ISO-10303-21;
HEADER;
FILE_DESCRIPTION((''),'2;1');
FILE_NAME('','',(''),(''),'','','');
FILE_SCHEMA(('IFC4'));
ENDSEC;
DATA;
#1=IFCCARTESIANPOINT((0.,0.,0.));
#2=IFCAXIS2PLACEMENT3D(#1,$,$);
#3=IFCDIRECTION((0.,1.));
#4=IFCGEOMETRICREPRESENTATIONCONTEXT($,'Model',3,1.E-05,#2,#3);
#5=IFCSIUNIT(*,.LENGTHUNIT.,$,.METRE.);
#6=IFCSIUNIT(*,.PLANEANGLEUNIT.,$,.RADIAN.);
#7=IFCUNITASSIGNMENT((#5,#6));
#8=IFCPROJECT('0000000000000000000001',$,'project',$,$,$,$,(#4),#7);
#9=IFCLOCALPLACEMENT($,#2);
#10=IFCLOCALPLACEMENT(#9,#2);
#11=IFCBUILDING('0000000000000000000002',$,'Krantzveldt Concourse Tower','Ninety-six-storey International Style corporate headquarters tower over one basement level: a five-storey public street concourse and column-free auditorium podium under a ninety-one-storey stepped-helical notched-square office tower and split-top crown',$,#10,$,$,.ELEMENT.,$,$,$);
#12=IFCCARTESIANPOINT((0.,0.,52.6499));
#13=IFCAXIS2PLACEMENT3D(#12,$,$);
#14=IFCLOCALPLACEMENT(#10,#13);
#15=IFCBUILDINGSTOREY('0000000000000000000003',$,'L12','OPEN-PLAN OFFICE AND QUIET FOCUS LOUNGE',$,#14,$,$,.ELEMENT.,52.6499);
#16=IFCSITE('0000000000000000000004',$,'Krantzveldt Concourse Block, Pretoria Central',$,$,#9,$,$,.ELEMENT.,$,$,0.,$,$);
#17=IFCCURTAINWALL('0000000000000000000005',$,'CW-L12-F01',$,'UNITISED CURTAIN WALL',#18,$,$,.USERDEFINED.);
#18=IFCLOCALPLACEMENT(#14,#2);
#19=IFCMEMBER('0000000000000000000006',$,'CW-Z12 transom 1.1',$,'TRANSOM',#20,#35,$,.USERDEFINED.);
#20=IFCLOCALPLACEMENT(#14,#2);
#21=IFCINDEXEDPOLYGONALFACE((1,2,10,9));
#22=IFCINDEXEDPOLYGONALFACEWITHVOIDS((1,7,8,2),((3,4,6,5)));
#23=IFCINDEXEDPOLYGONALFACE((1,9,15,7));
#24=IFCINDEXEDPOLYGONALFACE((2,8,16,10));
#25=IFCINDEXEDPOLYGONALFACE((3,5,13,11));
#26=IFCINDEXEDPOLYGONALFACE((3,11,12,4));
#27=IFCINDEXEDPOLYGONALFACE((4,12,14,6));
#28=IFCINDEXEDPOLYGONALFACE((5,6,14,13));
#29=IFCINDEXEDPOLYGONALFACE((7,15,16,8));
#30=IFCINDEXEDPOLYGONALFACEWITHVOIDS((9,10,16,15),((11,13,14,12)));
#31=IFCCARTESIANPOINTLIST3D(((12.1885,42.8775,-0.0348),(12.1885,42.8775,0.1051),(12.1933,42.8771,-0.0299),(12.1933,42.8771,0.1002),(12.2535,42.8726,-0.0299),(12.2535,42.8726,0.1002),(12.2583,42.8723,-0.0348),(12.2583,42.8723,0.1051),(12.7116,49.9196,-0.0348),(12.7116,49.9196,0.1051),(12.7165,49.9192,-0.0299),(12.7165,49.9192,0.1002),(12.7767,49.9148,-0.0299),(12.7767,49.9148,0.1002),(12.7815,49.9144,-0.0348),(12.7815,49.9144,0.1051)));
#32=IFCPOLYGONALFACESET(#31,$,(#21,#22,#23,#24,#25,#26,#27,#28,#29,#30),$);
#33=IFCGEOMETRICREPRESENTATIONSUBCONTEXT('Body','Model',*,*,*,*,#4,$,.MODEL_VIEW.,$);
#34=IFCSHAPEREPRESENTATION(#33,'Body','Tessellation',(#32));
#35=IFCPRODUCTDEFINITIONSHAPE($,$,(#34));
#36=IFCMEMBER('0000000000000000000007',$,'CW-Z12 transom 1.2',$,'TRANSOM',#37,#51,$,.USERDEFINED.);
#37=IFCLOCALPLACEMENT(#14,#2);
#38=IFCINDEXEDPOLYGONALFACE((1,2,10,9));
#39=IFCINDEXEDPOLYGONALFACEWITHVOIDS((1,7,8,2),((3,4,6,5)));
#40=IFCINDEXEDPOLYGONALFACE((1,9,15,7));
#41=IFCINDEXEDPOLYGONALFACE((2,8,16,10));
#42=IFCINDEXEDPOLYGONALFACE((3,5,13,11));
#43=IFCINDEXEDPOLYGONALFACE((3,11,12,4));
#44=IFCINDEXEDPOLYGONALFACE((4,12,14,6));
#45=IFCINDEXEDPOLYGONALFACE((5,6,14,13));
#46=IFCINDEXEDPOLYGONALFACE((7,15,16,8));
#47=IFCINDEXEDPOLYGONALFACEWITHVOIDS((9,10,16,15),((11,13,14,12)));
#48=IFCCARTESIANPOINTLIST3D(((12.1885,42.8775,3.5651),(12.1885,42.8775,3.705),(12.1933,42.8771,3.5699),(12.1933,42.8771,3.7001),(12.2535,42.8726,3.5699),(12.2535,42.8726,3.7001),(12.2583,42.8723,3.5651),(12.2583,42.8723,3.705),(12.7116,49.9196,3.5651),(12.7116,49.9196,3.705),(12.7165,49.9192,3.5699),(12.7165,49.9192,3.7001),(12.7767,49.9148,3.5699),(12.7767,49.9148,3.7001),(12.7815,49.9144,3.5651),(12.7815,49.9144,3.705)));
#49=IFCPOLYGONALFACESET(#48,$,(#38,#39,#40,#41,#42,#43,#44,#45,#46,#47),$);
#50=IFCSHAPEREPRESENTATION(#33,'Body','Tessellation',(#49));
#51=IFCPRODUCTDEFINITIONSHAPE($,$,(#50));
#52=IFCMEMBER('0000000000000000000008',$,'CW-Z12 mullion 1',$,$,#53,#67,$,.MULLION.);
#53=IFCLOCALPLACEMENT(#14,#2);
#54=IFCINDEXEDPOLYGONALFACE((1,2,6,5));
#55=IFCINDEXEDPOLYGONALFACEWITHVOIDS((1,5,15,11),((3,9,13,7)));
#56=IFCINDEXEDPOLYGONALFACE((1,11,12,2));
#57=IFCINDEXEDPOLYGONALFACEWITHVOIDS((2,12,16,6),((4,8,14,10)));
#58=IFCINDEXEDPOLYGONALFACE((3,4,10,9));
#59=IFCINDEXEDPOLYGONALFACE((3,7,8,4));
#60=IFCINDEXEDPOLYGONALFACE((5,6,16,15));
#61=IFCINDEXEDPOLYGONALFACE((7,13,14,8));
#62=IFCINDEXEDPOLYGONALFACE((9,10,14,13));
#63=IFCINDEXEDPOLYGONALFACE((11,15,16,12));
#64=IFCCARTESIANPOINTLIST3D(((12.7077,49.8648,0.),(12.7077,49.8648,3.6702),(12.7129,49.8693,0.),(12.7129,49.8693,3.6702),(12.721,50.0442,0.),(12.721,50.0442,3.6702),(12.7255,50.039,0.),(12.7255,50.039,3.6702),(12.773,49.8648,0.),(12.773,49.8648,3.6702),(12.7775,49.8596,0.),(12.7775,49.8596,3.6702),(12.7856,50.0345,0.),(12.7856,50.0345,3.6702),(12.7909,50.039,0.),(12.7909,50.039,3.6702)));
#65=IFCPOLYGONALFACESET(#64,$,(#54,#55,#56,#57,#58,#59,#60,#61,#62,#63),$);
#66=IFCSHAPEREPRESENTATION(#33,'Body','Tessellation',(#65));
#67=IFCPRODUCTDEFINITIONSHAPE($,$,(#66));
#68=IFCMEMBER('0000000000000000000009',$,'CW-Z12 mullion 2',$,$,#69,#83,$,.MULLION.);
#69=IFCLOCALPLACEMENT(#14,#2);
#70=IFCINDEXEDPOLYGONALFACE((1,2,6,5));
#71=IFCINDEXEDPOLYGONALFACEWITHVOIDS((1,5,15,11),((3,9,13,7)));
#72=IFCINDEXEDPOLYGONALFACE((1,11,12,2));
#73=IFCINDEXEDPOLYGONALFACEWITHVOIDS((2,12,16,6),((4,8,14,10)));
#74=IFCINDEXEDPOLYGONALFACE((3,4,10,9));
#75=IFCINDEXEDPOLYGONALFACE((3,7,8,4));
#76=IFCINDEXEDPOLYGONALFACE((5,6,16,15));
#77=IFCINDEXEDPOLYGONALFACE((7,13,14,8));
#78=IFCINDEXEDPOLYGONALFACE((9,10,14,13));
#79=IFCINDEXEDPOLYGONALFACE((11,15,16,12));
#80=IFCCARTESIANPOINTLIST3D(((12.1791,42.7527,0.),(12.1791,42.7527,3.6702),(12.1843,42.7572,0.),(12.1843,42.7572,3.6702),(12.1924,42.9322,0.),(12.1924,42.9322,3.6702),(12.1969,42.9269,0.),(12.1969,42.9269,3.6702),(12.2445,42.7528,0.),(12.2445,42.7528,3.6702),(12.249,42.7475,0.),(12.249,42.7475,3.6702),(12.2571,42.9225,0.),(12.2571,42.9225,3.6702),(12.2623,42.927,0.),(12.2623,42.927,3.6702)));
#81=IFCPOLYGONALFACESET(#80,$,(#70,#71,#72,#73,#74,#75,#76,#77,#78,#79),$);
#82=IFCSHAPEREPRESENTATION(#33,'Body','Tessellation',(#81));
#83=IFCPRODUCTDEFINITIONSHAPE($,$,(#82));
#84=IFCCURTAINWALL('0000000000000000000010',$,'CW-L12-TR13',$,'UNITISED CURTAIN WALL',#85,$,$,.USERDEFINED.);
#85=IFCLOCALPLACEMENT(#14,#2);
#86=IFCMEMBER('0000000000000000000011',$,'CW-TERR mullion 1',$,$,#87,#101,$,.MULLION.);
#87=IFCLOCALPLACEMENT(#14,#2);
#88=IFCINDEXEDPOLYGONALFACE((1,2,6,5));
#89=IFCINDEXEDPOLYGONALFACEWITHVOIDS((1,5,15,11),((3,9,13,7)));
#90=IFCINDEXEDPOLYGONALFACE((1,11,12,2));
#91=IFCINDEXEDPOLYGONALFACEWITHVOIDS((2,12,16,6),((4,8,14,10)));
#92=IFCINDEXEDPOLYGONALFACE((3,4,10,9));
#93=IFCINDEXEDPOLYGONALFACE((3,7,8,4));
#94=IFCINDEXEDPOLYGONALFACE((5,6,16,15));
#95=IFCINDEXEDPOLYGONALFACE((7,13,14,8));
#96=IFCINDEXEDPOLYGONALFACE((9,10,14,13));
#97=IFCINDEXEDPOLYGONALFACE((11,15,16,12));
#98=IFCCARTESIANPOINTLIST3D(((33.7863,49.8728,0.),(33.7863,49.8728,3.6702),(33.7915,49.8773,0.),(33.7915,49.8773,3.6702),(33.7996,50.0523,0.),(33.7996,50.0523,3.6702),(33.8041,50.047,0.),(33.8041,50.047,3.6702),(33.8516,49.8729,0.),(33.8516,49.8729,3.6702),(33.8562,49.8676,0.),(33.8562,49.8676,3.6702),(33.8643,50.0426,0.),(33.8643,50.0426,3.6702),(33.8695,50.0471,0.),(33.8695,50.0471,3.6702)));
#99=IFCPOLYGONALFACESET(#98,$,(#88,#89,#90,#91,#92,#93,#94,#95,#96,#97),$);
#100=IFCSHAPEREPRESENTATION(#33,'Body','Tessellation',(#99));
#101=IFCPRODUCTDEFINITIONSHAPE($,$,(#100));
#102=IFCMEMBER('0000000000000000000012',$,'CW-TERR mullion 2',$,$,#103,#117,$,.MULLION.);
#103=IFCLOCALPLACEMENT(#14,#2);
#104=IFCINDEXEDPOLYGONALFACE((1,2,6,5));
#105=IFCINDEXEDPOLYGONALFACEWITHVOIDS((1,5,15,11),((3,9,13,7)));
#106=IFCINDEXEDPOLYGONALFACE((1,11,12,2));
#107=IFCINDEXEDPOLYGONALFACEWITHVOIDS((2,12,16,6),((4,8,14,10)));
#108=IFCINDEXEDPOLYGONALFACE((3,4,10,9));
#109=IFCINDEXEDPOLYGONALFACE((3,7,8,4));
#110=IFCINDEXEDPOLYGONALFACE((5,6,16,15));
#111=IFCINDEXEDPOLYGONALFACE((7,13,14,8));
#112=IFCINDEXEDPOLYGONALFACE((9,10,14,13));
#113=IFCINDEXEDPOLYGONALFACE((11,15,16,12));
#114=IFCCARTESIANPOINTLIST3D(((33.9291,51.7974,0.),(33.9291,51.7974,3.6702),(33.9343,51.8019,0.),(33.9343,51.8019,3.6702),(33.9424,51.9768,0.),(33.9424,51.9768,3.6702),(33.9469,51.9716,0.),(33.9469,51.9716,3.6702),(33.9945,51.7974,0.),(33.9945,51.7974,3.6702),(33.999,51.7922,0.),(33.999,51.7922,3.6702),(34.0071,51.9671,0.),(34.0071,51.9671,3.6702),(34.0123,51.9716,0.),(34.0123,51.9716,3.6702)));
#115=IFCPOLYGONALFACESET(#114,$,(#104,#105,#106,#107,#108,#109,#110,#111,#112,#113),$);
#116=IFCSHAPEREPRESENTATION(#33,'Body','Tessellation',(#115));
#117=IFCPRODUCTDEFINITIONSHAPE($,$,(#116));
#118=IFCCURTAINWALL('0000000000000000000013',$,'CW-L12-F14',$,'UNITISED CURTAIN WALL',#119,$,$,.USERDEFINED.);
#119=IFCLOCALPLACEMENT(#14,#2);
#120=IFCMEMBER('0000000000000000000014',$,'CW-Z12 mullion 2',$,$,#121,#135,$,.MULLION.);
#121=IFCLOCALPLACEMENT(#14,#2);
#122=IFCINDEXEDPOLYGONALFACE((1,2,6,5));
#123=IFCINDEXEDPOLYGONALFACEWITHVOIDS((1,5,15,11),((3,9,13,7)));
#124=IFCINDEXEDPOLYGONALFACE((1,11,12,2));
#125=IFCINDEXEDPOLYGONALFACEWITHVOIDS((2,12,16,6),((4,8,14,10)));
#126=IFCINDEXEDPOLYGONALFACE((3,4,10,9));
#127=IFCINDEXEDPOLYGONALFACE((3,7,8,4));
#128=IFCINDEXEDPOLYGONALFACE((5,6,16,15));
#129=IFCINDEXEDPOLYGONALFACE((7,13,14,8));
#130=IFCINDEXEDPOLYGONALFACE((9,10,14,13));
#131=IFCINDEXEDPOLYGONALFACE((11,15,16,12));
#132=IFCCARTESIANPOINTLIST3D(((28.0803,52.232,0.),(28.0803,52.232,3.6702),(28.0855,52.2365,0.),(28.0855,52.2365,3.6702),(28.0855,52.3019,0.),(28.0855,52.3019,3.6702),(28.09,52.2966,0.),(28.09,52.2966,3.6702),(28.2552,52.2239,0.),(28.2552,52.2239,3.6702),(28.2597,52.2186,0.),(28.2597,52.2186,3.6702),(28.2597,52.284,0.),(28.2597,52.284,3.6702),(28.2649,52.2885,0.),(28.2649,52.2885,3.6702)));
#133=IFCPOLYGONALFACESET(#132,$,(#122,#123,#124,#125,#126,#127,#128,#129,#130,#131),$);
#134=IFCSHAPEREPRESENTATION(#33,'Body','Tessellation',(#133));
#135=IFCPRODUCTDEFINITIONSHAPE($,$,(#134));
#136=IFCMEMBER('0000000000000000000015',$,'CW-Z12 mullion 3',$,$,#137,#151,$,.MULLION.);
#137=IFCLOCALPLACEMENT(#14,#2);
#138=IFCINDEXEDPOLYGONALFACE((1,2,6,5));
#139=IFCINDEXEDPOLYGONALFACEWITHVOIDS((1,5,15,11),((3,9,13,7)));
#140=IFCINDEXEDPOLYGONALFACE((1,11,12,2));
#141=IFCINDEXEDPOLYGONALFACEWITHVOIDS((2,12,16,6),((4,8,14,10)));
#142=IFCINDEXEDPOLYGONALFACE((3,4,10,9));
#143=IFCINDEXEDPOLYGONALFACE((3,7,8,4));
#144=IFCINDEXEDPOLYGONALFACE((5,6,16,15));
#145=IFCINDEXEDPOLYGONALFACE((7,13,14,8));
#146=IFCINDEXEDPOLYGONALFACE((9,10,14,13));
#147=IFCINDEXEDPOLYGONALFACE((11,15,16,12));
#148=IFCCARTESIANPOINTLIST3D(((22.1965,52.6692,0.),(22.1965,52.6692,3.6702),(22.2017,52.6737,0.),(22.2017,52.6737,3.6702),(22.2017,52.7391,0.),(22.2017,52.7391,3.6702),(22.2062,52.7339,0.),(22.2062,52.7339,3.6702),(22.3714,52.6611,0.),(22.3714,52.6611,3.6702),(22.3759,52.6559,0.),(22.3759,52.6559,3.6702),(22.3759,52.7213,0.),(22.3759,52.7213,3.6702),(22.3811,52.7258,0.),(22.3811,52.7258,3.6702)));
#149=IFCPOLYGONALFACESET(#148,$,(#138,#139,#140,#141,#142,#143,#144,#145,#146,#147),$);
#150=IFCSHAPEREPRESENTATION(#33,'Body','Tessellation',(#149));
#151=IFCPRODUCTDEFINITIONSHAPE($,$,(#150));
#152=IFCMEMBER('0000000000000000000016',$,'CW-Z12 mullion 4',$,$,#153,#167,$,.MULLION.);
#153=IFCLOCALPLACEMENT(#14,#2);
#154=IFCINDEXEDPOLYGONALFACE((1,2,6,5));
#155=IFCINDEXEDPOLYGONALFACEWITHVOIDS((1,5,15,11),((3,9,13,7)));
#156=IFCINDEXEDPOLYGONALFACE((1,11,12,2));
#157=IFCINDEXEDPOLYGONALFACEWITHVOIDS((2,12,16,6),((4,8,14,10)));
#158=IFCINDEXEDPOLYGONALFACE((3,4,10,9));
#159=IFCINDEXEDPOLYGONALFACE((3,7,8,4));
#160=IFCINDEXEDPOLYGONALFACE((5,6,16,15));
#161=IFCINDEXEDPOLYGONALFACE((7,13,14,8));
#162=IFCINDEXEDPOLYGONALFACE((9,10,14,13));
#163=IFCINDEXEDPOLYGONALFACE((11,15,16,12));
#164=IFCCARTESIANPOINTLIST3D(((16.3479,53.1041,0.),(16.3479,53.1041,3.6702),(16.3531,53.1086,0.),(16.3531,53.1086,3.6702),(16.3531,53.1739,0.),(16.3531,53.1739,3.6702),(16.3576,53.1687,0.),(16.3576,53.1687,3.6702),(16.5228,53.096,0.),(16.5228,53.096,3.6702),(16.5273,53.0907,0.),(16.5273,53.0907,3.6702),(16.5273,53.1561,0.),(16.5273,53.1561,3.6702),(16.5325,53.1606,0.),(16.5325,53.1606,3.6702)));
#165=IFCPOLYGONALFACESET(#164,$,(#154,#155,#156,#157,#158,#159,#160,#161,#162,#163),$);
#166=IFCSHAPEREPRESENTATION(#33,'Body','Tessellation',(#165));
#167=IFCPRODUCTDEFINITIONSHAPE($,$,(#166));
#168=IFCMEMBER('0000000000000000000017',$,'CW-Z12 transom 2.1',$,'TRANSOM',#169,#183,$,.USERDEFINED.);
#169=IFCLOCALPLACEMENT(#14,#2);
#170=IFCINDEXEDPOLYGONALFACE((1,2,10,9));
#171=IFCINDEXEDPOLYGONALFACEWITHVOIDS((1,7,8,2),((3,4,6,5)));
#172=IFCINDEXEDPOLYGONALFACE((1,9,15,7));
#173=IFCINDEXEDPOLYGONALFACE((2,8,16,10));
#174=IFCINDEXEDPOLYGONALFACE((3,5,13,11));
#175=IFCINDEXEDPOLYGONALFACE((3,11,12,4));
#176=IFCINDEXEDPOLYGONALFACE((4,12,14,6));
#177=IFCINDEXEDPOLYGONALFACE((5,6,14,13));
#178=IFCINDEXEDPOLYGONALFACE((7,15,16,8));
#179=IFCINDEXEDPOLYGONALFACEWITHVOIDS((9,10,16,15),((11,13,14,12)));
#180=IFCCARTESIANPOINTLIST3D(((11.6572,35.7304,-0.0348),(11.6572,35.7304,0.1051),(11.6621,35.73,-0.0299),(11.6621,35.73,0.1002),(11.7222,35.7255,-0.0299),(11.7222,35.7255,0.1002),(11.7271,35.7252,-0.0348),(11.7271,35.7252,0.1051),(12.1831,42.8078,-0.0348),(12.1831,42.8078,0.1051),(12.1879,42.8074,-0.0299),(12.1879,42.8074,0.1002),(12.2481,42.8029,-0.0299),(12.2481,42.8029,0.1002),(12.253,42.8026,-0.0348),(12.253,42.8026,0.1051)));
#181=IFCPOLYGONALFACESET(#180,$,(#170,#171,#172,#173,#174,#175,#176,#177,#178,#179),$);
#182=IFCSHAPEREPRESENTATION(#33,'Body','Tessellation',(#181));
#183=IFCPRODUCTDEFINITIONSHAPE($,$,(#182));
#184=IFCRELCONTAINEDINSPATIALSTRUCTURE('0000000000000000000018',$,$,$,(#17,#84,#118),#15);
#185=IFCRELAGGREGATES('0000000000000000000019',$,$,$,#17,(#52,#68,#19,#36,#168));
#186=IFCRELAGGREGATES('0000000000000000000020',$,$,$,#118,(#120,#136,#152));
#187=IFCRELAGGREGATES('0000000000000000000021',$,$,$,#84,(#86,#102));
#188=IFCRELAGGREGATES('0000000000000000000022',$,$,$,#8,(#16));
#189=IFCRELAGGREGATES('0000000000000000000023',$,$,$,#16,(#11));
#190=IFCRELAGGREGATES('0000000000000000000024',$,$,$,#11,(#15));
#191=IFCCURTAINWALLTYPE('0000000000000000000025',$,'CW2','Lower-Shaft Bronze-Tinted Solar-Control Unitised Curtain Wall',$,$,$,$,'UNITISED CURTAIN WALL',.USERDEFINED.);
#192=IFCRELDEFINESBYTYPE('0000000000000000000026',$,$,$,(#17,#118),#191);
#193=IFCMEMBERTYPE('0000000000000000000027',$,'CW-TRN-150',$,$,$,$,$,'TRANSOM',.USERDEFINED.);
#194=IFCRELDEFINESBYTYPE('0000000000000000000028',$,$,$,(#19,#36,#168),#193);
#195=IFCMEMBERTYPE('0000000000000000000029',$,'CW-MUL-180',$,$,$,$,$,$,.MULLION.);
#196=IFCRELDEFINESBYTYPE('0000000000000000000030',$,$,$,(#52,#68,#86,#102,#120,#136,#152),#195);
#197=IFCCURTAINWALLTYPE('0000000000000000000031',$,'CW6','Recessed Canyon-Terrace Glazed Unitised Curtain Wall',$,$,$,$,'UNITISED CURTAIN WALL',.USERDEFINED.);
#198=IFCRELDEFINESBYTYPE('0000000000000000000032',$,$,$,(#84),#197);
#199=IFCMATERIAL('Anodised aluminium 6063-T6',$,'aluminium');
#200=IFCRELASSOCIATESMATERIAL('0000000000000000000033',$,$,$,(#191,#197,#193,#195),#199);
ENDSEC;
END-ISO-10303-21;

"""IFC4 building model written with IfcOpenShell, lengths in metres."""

from ifc_helpers import new_model, si_unit, direction, frame, origin, origin_2d, place, context, subcontext, project, spatial, hollow_rectangle, extrude, source, transform, mapped, material, material_profile, profile_set, type_object, type_shapes, element, aggregate, save


model = new_model("IFC4")

# Units and contexts
model_context = context("Model", 3, precision=1e-05, world=origin(), true_north=direction((0.0, 1.0)))
body_context = subcontext(model_context, "Body", "Model", "MODEL_VIEW")
ifc_project = project(units=[si_unit("LENGTHUNIT", "METRE"), si_unit("PLANEANGLEUNIT", "RADIAN")], contexts=[model_context])

# Site, building, storey
site_placement = place(None, origin())
site = spatial("IfcSite", under=ifc_project, at=site_placement, Name="Krantzveldt Concourse Block, Pretoria Central", CompositionType="ELEMENT", RefElevation=0.0)
building_placement = place(site_placement, origin())
building = spatial("IfcBuilding", under=site, at=building_placement, Name="Krantzveldt Concourse Tower", Description="Ninety-six-storey International Style corporate headquarters tower over one basement level: a five-storey public street concourse and column-free auditorium podium under a ninety-one-storey stepped-helical notched-square office tower and split-top crown", CompositionType="ELEMENT")
storey_placement = place(building_placement, frame((0.0, 0.0, 52.6499)))
storey = spatial("IfcBuildingStorey", under=building, at=storey_placement, Name="L12", Description="OPEN-PLAN OFFICE AND QUIET FOCUS LOUNGE", CompositionType="ELEMENT", Elevation=52.6499)

# Curtain walls, members
ifc_material_1 = material(Name="Anodised aluminium 6063-T6", Category="aluminium")
curtain_wall_type_1 = type_object("IfcCurtainWallType", Name="CW2", Description="Lower-Shaft Bronze-Tinted Solar-Control Unitised Curtain Wall", ElementType="UNITISED CURTAIN WALL", PredefinedType="USERDEFINED", material=ifc_material_1)
curtain_wall_1_placement = place(storey_placement, origin())
curtain_wall_1 = element("IfcCurtainWall", 1, at=curtain_wall_1_placement, inside=storey, type_object=curtain_wall_type_1, Name="CW-L12-F01", ObjectType="UNITISED CURTAIN WALL", PredefinedType="USERDEFINED")
ifc_material_profile_1 = material_profile(ifc_material_1, hollow_rectangle(XDim=0.0701, YDim=0.1399, WallThickness=0.0049, at=origin_2d()), Name="Anodised aluminium 6063-T6", Category="aluminium")
ifc_profile_set_1 = profile_set([ifc_material_profile_1], Name="Anodised aluminium 6063-T6 - ALU-TRAN 140x70x5")
member_type_1 = type_object("IfcMemberType", Name="CW-TRN-150", ElementType="TRANSOM", PredefinedType="USERDEFINED", material=ifc_profile_set_1)
shared_shape_1 = source(origin(), body_context, "Body", "SweptSolid", [
    extrude(hollow_rectangle(XDim=0.0701, YDim=0.1399, WallThickness=0.0049, at=origin_2d()), origin(), (0.0, 0.0, 1.0), 7.0615),
])
member_1_placement = place(storey_placement, frame((12.7466, 49.917, 0.0352), z_axis=(-0.074089, -0.997252, 0.0), x_axis=(0.997252, -0.074089, 0.0)))
member_1 = element("IfcMember", 2, at=member_1_placement, type_object=member_type_1, Name="CW-Z12 transom 1.1", ObjectType="TRANSOM", PredefinedType="USERDEFINED", context=body_context, shape_type="MappedRepresentation", body=[
    mapped(shared_shape_1, transform((0.0, 0.0, 0.0), x_axis=(1.0, 0.0, 0.0), y_axis=(0.0, 1.0, 0.0), z_axis=(0.0, 0.0, 1.0), scale=1.0)),
])
member_2_placement = place(storey_placement, frame((12.7466, 49.917, 3.635), z_axis=(-0.074089, -0.997252, 0.0), x_axis=(0.997252, -0.074089, 0.0)))
member_2 = element("IfcMember", 3, at=member_2_placement, type_object=member_type_1, Name="CW-Z12 transom 1.2", ObjectType="TRANSOM", PredefinedType="USERDEFINED", context=body_context, shape_type="MappedRepresentation", body=[
    mapped(shared_shape_1, transform((0.0, 0.0, 0.0), x_axis=(1.0, 0.0, 0.0), y_axis=(0.0, 1.0, 0.0), z_axis=(0.0, 0.0, 1.0), scale=1.0)),
])
ifc_material_profile_2 = material_profile(ifc_material_1, hollow_rectangle(XDim=0.0701, YDim=0.1799, WallThickness=0.0049, at=origin_2d()), Name="Anodised aluminium 6063-T6", Category="aluminium")
ifc_profile_set_2 = profile_set([ifc_material_profile_2], Name="Anodised aluminium 6063-T6 - ALU-MULL 180x70x5")
member_type_2 = type_object("IfcMemberType", Name="CW-MUL-180", PredefinedType="MULLION", material=ifc_profile_set_2)
shared_shape_2 = source(origin(), body_context, "Body", "SweptSolid", [
    extrude(hollow_rectangle(XDim=0.0701, YDim=0.1799, WallThickness=0.0049, at=origin_2d()), origin(), (0.0, 0.0, 1.0), 3.6702),
])
type_shapes(member_type_2, [shared_shape_2])
member_3_placement = place(storey_placement, frame((12.7493, 49.9519, 0.0), z_axis=(0.0, 0.0, 1.0), x_axis=(0.99725, -0.074109, 0.0)))
member_3 = element("IfcMember", 4, at=member_3_placement, type_object=member_type_2, Name="CW-Z12 mullion 1", PredefinedType="MULLION", context=body_context, shape_type="MappedRepresentation", body=[
    mapped(shared_shape_2, transform((0.0, 0.0, 0.0), x_axis=(1.0, 0.0, 0.0), y_axis=(0.0, 1.0, 0.0), z_axis=(0.0, 0.0, 1.0), scale=1.0)),
])
member_4_placement = place(storey_placement, frame((12.2207, 42.8398, 0.0), z_axis=(0.0, 0.0, 1.0), x_axis=(0.99725, -0.074109, 0.0)))
member_4 = element("IfcMember", 5, at=member_4_placement, type_object=member_type_2, Name="CW-Z12 mullion 2", PredefinedType="MULLION", context=body_context, shape_type="MappedRepresentation", body=[
    mapped(shared_shape_2, transform((0.0, 0.0, 0.0), x_axis=(1.0, 0.0, 0.0), y_axis=(0.0, 1.0, 0.0), z_axis=(0.0, 0.0, 1.0), scale=1.0)),
])
curtain_wall_type_2 = type_object("IfcCurtainWallType", Name="CW6", Description="Recessed Canyon-Terrace Glazed Unitised Curtain Wall", ElementType="UNITISED CURTAIN WALL", PredefinedType="USERDEFINED", material=ifc_material_1)
curtain_wall_2_placement = place(storey_placement, origin())
curtain_wall_2 = element("IfcCurtainWall", 6, at=curtain_wall_2_placement, inside=storey, type_object=curtain_wall_type_2, Name="CW-L12-TR13", ObjectType="UNITISED CURTAIN WALL", PredefinedType="USERDEFINED")
member_5_placement = place(storey_placement, frame((33.8279, 49.96, 0.0), z_axis=(0.0, 0.0, 1.0), x_axis=(-0.99725, 0.07411, 0.0)))
member_5 = element("IfcMember", 7, at=member_5_placement, type_object=member_type_2, Name="CW-TERR mullion 1", PredefinedType="MULLION", context=body_context, shape_type="MappedRepresentation", body=[
    mapped(shared_shape_2, transform((0.0, 0.0, 0.0), x_axis=(1.0, 0.0, 0.0), y_axis=(0.0, 1.0, 0.0), z_axis=(0.0, 0.0, 1.0), scale=1.0)),
])
member_6_placement = place(storey_placement, frame((33.9707, 51.8845, 0.0), z_axis=(0.0, 0.0, 1.0), x_axis=(-0.99725, 0.07411, 0.0)))
member_6 = element("IfcMember", 8, at=member_6_placement, type_object=member_type_2, Name="CW-TERR mullion 2", PredefinedType="MULLION", context=body_context, shape_type="MappedRepresentation", body=[
    mapped(shared_shape_2, transform((0.0, 0.0, 0.0), x_axis=(1.0, 0.0, 0.0), y_axis=(0.0, 1.0, 0.0), z_axis=(0.0, 0.0, 1.0), scale=1.0)),
])
curtain_wall_3_placement = place(storey_placement, origin())
curtain_wall_3 = element("IfcCurtainWall", 9, at=curtain_wall_3_placement, inside=storey, type_object=curtain_wall_type_1, Name="CW-L12-F14", ObjectType="UNITISED CURTAIN WALL", PredefinedType="USERDEFINED")
member_7_placement = place(storey_placement, frame((28.1726, 52.2603, 0.0), z_axis=(0.0, 0.0, 1.0), x_axis=(-0.074108, -0.99725, 0.0)))
member_7 = element("IfcMember", 10, at=member_7_placement, type_object=member_type_2, Name="CW-Z12 mullion 2", PredefinedType="MULLION", context=body_context, shape_type="MappedRepresentation", body=[
    mapped(shared_shape_2, transform((0.0, 0.0, 0.0), x_axis=(1.0, 0.0, 0.0), y_axis=(0.0, 1.0, 0.0), z_axis=(0.0, 0.0, 1.0), scale=1.0)),
])
member_8_placement = place(storey_placement, frame((22.2888, 52.6975, 0.0), z_axis=(0.0, 0.0, 1.0), x_axis=(-0.074108, -0.99725, 0.0)))
member_8 = element("IfcMember", 11, at=member_8_placement, type_object=member_type_2, Name="CW-Z12 mullion 3", PredefinedType="MULLION", context=body_context, shape_type="MappedRepresentation", body=[
    mapped(shared_shape_2, transform((0.0, 0.0, 0.0), x_axis=(1.0, 0.0, 0.0), y_axis=(0.0, 1.0, 0.0), z_axis=(0.0, 0.0, 1.0), scale=1.0)),
])
member_9_placement = place(storey_placement, frame((16.4402, 53.1323, 0.0), z_axis=(0.0, 0.0, 1.0), x_axis=(-0.074108, -0.99725, 0.0)))
member_9 = element("IfcMember", 12, at=member_9_placement, type_object=member_type_2, Name="CW-Z12 mullion 4", PredefinedType="MULLION", context=body_context, shape_type="MappedRepresentation", body=[
    mapped(shared_shape_2, transform((0.0, 0.0, 0.0), x_axis=(1.0, 0.0, 0.0), y_axis=(0.0, 1.0, 0.0), z_axis=(0.0, 0.0, 1.0), scale=1.0)),
])

# Member
shared_shape_3 = source(origin(), body_context, "Body", "SweptSolid", [
    extrude(hollow_rectangle(XDim=0.0701, YDim=0.1399, WallThickness=0.0049, at=origin_2d()), origin(), (0.0, 0.0, 1.0), 7.0969),
])
member_10_placement = place(storey_placement, frame((12.218, 42.8052, 0.0352), z_axis=(-0.0741, -0.997251, 0.0), x_axis=(0.997251, -0.0741, 0.0)))
member_10 = element("IfcMember", 13, at=member_10_placement, type_object=member_type_1, Name="CW-Z12 transom 2.1", ObjectType="TRANSOM", PredefinedType="USERDEFINED", context=body_context, shape_type="MappedRepresentation", body=[
    mapped(shared_shape_3, transform((0.0, 0.0, 0.0), x_axis=(1.0, 0.0, 0.0), y_axis=(0.0, 1.0, 0.0), z_axis=(0.0, 0.0, 1.0), scale=1.0)),
])

aggregate(curtain_wall_1, [member_3, member_4, member_1, member_2, member_10])
aggregate(curtain_wall_3, [member_7, member_8, member_9])
aggregate(curtain_wall_2, [member_5, member_6])

save(model, "model.ifc")
